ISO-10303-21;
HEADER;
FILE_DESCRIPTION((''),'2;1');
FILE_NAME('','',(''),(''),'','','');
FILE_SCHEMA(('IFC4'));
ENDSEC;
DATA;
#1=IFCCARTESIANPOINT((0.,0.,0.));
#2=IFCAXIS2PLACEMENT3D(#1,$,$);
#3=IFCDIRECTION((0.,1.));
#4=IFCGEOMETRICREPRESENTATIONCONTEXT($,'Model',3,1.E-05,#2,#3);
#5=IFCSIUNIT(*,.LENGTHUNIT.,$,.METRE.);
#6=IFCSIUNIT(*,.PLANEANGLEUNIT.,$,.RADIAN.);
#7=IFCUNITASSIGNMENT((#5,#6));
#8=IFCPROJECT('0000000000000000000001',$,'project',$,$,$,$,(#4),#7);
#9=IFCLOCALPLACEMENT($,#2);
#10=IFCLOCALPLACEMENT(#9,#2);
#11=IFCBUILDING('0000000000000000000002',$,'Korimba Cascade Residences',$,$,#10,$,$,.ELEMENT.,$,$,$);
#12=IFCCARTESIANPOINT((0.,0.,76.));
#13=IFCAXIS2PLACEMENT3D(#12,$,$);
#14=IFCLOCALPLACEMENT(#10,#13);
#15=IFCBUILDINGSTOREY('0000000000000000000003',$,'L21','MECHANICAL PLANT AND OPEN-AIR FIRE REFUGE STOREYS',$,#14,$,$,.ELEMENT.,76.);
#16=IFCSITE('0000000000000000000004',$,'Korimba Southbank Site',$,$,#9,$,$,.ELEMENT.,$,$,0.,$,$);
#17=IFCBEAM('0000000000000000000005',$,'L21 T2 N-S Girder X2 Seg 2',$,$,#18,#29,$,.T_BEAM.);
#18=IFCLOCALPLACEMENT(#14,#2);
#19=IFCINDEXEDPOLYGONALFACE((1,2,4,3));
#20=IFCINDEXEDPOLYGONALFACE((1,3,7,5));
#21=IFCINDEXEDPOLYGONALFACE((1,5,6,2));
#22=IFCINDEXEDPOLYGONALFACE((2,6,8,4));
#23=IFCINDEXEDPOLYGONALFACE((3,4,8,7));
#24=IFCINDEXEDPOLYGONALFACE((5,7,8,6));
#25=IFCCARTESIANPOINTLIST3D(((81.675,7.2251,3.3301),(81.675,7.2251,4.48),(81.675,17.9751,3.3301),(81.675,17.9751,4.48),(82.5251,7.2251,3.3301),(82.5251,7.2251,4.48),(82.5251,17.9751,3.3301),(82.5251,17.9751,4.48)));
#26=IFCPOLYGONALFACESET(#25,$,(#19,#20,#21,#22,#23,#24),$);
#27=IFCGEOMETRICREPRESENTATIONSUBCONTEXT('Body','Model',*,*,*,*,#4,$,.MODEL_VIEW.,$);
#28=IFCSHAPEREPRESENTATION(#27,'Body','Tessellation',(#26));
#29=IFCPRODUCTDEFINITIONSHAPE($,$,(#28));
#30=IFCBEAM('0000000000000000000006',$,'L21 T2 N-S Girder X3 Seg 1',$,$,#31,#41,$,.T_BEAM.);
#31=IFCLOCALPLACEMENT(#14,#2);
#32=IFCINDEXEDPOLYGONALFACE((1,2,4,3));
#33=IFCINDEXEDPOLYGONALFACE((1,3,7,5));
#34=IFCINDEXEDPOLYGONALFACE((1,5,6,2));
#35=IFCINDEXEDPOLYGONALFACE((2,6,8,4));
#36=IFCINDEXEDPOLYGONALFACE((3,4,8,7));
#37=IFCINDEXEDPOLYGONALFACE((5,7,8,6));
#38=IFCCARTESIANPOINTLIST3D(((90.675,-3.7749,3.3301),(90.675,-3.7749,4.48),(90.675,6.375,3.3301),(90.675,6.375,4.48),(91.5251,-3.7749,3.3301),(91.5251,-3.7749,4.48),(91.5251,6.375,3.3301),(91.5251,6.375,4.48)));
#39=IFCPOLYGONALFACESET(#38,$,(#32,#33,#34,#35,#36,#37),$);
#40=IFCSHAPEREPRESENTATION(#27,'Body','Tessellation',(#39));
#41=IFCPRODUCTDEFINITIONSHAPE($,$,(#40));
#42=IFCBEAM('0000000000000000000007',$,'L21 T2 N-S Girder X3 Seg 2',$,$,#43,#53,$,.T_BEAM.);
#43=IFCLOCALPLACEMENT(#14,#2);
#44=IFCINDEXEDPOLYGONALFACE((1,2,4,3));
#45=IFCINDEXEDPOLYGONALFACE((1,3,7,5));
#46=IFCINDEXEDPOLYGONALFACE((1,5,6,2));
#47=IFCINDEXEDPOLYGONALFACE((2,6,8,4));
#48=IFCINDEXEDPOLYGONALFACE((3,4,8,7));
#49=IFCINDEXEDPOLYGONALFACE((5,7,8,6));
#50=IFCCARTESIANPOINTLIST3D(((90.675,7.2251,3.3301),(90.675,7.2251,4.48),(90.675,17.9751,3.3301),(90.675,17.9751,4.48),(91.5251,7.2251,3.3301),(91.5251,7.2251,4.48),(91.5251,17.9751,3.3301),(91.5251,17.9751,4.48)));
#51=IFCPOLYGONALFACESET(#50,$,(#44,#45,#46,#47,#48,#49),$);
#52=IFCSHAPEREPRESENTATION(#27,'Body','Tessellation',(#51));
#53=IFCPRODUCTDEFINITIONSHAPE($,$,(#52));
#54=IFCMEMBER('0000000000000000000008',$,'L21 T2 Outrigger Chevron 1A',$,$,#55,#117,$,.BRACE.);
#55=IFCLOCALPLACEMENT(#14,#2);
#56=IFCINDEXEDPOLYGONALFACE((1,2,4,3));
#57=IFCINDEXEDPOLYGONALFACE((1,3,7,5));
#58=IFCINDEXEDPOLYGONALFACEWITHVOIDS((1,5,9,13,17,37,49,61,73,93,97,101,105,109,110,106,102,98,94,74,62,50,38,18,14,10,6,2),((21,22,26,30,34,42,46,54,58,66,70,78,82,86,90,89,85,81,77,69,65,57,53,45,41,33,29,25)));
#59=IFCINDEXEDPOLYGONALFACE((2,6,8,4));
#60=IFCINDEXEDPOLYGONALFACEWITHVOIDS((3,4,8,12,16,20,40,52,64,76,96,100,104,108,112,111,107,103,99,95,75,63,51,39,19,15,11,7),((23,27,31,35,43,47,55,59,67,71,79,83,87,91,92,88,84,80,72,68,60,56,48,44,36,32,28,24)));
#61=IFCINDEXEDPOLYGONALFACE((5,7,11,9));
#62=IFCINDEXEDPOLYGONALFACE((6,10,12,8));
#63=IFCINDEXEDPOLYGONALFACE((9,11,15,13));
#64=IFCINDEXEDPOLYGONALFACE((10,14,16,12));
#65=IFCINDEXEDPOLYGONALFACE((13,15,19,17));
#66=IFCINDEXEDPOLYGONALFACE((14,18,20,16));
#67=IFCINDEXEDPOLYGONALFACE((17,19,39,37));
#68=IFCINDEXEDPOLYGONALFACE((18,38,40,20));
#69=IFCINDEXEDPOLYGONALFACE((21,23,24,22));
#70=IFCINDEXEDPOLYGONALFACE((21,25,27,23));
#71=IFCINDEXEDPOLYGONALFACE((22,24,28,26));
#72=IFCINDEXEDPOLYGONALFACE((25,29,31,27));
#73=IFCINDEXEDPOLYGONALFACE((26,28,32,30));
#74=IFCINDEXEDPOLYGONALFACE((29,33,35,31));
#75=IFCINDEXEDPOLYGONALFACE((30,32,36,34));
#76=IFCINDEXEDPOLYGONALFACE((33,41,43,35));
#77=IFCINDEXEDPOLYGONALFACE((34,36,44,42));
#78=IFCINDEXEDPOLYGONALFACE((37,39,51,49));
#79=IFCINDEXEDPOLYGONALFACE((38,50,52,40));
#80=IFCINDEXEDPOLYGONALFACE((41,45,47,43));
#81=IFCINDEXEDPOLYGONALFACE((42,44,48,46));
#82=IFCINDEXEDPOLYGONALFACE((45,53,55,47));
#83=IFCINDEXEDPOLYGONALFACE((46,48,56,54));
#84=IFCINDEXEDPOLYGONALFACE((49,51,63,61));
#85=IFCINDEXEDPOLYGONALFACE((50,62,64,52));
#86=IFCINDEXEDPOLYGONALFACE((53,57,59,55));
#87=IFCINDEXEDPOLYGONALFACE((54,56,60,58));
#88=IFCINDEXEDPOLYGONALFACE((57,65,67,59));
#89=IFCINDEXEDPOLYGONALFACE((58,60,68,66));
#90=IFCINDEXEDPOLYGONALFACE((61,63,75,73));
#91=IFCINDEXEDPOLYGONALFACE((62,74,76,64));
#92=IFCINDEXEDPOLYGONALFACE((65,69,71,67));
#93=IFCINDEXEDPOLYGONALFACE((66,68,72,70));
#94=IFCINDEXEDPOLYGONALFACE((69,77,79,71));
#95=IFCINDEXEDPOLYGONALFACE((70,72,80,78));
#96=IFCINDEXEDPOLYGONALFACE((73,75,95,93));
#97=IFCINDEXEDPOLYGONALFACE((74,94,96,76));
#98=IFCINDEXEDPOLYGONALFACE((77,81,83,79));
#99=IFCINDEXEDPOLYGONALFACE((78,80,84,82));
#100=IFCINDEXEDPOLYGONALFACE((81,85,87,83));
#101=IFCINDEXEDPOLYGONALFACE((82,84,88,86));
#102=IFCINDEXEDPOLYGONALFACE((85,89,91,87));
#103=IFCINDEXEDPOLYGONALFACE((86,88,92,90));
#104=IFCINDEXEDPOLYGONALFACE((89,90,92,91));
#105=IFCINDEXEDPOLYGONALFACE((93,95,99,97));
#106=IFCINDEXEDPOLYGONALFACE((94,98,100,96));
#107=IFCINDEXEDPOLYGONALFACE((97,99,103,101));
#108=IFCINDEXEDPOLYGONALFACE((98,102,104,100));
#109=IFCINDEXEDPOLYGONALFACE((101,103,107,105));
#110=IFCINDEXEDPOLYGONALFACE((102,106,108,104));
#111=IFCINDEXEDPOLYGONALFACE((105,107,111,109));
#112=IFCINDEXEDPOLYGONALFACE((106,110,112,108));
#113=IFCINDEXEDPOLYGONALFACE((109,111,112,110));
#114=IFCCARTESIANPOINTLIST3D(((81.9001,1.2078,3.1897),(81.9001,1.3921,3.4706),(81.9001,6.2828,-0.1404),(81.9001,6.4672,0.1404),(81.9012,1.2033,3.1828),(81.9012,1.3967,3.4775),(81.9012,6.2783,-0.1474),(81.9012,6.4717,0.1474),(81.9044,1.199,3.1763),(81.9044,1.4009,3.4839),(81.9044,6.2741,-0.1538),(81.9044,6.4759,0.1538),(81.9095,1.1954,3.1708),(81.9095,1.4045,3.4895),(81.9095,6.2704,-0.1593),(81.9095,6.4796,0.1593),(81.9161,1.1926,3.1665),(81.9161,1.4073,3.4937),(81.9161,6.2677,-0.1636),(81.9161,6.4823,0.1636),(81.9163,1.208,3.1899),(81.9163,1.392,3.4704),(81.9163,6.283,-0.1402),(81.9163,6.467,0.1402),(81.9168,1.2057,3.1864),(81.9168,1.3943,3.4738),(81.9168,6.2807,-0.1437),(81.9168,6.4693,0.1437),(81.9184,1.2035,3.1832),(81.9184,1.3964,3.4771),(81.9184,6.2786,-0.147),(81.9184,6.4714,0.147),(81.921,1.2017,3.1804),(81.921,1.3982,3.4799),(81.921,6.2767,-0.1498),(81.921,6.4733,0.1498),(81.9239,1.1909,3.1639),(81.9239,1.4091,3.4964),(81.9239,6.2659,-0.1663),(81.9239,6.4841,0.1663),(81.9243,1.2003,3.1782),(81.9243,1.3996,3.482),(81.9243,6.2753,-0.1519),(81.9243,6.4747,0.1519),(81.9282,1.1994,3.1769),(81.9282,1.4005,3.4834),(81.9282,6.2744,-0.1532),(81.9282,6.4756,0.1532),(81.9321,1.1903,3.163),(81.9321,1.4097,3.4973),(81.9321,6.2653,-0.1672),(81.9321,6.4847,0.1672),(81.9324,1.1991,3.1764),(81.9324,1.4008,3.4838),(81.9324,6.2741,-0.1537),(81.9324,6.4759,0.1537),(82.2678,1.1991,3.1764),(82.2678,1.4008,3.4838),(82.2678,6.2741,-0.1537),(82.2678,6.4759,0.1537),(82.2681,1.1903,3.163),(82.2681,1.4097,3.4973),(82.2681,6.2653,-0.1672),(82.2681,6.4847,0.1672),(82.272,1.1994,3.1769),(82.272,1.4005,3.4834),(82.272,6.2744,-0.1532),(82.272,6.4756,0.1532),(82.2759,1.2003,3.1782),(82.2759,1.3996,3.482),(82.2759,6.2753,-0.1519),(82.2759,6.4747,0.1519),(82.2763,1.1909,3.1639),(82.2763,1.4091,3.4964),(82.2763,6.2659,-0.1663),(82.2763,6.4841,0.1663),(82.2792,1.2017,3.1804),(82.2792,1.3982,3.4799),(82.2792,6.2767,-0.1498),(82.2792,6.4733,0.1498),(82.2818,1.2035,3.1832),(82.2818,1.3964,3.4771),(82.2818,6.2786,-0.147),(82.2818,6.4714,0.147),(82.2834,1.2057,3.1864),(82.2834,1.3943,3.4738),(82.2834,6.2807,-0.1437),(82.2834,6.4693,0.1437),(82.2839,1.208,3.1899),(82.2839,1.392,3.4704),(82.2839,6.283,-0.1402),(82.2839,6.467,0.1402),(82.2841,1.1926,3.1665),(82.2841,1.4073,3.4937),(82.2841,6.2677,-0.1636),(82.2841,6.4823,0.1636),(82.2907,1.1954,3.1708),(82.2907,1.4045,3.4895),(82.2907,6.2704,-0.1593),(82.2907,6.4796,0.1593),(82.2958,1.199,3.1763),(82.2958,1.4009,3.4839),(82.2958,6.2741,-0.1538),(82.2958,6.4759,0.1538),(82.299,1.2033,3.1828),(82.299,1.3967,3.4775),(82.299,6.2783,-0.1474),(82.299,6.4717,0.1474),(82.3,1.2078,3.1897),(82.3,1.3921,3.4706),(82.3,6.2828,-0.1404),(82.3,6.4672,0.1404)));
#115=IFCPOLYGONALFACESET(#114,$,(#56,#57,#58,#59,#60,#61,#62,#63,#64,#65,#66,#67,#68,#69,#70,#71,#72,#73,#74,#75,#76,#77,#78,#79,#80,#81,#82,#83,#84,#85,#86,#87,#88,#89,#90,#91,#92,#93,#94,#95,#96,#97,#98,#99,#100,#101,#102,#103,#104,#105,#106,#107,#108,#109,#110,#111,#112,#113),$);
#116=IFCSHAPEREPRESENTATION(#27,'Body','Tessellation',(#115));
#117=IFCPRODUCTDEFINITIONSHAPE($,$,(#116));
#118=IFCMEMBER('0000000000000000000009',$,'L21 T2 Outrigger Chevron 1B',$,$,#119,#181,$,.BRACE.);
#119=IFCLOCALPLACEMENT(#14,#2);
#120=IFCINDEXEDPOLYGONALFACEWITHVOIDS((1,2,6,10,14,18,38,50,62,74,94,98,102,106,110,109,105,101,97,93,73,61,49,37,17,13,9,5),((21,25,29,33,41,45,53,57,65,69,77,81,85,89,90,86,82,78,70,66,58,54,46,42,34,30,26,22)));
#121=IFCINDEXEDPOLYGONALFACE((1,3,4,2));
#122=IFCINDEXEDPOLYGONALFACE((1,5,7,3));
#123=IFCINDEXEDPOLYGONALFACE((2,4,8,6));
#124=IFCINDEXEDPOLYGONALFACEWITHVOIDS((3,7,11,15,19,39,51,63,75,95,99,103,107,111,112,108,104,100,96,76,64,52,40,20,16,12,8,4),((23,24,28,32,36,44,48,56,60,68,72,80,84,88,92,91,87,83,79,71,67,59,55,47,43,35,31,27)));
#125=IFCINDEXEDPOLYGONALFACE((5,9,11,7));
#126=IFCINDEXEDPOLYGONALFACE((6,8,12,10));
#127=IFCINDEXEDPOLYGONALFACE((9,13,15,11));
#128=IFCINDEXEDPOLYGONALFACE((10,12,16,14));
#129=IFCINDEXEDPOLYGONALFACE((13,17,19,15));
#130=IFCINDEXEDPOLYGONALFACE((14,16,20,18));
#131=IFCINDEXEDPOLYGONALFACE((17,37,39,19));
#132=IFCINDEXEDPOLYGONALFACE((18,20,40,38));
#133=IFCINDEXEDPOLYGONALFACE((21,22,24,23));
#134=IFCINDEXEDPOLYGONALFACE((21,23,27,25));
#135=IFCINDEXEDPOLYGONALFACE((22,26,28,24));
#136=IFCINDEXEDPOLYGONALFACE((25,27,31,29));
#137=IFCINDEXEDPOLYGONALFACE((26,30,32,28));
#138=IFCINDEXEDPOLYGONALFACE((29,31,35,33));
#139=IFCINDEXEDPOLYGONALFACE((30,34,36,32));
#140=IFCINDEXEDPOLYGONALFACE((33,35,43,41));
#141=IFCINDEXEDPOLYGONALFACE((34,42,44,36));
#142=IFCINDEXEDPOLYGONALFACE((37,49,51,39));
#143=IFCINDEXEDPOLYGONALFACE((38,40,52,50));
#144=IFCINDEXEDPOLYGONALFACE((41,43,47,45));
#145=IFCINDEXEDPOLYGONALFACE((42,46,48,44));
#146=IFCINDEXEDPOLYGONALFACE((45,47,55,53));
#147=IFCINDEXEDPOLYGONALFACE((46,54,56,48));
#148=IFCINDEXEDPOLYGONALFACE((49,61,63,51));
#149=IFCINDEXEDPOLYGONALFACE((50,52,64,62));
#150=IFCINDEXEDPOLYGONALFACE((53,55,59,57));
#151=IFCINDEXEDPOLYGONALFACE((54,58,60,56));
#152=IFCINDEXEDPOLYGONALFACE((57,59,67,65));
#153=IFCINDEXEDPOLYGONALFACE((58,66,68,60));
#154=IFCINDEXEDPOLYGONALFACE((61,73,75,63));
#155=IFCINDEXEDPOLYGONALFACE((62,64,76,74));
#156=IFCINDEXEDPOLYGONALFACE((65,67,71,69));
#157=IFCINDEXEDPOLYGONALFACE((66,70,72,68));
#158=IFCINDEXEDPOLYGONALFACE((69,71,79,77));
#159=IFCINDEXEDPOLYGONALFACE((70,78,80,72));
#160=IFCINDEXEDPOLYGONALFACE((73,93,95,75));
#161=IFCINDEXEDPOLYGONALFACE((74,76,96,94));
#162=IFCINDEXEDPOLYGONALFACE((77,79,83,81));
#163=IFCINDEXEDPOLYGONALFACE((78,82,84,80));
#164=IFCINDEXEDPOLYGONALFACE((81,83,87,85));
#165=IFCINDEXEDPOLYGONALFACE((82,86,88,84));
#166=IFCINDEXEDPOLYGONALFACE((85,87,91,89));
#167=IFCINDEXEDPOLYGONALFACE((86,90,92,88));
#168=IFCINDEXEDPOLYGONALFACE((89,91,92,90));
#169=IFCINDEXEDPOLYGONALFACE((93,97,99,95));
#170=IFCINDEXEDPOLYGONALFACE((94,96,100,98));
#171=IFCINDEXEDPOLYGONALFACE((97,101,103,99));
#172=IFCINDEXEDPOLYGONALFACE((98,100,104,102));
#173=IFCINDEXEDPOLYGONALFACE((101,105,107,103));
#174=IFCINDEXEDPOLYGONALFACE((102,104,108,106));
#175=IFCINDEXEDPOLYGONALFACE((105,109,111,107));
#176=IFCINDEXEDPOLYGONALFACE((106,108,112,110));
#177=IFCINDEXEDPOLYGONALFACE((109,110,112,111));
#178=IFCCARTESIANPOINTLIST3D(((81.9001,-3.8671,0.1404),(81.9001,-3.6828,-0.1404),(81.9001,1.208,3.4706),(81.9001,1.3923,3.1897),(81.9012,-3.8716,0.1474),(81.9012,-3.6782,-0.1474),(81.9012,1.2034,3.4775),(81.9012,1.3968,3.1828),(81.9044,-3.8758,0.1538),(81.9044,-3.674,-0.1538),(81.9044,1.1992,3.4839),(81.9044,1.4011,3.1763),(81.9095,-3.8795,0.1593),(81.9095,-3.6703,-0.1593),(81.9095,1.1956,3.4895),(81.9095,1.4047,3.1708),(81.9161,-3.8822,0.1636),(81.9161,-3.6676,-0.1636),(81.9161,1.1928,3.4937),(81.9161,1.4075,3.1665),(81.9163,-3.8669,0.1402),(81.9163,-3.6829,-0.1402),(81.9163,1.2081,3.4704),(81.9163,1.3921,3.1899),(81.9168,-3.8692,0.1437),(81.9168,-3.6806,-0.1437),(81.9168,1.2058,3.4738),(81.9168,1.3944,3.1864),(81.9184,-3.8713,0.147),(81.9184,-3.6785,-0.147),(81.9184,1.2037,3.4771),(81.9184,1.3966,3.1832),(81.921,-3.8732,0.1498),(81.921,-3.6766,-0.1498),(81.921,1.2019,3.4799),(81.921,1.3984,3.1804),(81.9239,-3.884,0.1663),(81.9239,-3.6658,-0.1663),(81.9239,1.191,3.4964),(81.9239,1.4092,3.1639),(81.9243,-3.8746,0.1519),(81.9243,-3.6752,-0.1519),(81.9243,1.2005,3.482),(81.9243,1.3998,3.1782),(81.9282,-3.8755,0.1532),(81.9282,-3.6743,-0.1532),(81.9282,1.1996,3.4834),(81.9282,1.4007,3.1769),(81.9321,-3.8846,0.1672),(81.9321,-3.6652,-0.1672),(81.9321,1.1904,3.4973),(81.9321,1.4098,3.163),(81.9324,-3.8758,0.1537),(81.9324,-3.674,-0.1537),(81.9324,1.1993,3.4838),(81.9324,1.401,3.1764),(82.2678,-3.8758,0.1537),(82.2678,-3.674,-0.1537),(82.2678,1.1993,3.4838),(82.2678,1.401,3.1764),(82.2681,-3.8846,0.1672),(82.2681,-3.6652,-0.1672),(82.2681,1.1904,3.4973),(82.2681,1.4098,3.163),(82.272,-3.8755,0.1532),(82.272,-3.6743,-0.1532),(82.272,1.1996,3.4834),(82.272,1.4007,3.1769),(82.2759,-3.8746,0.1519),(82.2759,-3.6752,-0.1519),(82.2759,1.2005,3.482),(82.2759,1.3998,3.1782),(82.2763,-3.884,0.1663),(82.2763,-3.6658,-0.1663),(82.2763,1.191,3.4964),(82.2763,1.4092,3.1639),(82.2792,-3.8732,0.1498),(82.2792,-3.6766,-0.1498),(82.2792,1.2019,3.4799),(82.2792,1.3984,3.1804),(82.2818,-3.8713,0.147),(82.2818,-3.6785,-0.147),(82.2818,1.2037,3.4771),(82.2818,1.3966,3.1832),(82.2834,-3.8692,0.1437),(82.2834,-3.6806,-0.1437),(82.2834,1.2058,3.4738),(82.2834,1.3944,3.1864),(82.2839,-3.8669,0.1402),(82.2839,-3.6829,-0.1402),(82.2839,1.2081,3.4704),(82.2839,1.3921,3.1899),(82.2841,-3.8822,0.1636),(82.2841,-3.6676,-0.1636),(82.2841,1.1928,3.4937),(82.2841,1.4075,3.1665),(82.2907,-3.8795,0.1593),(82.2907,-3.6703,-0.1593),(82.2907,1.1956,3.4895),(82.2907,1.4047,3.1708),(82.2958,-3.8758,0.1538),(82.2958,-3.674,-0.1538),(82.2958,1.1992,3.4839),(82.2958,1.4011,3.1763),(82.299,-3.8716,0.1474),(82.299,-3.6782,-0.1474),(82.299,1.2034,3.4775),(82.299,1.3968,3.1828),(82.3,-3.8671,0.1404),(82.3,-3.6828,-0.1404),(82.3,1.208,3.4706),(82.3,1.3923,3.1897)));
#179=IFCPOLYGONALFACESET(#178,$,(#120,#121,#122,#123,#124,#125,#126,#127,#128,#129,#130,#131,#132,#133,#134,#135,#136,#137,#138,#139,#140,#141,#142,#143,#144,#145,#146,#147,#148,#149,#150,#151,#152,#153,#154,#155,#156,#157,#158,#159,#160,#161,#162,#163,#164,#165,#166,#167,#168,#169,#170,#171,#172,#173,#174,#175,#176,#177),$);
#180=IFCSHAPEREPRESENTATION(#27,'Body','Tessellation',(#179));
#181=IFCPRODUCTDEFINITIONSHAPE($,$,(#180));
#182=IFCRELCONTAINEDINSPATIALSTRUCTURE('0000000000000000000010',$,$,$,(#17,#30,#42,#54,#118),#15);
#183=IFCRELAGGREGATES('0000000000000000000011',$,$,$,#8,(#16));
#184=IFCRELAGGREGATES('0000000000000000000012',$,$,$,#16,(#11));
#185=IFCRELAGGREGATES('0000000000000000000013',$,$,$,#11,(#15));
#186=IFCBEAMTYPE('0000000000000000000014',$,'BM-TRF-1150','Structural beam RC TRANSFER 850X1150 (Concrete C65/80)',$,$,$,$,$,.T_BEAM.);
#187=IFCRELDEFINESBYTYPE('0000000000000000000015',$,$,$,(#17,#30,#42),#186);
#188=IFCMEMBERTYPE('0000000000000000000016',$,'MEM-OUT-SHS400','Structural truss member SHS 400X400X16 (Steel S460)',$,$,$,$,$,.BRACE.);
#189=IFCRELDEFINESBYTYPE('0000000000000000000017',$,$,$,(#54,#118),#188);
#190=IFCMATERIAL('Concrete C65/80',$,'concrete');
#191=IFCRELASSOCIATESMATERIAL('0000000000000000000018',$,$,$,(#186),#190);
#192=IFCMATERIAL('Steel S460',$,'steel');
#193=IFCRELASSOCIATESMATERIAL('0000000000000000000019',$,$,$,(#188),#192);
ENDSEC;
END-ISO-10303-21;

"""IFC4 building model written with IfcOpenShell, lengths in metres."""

from ifc_helpers import new_model, si_unit, direction, frame, origin, origin_2d, place, context, subcontext, project, spatial, rectangle, hollow_rectangle, extrude, material, material_profile, profile_set, type_object, element, save


model = new_model("IFC4")

# Units and contexts
model_context = context("Model", 3, precision=1e-05, world=origin(), true_north=direction((0.0, 1.0)))
body_context = subcontext(model_context, "Body", "Model", "MODEL_VIEW")
ifc_project = project(units=[si_unit("LENGTHUNIT", "METRE"), si_unit("PLANEANGLEUNIT", "RADIAN")], contexts=[model_context])

# Site, building, storey
site_placement = place(None, origin())
site = spatial("IfcSite", under=ifc_project, at=site_placement, Name="Korimba Southbank Site", CompositionType="ELEMENT", RefElevation=0.0)
building_placement = place(site_placement, origin())
building = spatial("IfcBuilding", under=site, at=building_placement, Name="Korimba Cascade Residences", CompositionType="ELEMENT")
storey_placement = place(building_placement, frame((0.0, 0.0, 76.0)))
storey = spatial("IfcBuildingStorey", under=building, at=storey_placement, Name="L21", Description="MECHANICAL PLANT AND OPEN-AIR FIRE REFUGE STOREYS", CompositionType="ELEMENT", Elevation=76.0)

# Shared definitions
ifc_material_1 = material(Name="Concrete C65/80", Category="concrete")

# Beams
ifc_material_profile_1 = material_profile(ifc_material_1, rectangle(XDim=0.8501, YDim=1.1499, at=origin_2d()), Name="Concrete C65/80")
ifc_profile_set_1 = profile_set([ifc_material_profile_1], Name="Concrete C65/80")
beam_type_1 = type_object("IfcBeamType", Name="BM-TRF-1150", Description="Structural beam RC TRANSFER 850X1150 (Concrete C65/80)", PredefinedType="T_BEAM", material=ifc_profile_set_1)
beam_1_placement = place(storey_placement, frame((82.1001, 7.2251, 3.905), z_axis=(0.0, 1.0, 0.0), x_axis=(-1.0, 0.0, 0.0)))
element("IfcBeam", 1, at=beam_1_placement, inside=storey, type_object=beam_type_1, Name="L21 T2 N-S Girder X2 Seg 2", PredefinedType="T_BEAM", context=body_context, shape_type="SweptSolid", body=[
    extrude(rectangle(XDim=0.8501, YDim=1.1499, at=origin_2d()), origin(), (0.0, 0.0, 1.0), 10.75),
])
beam_2_placement = place(storey_placement, frame((91.1001, -3.7749, 3.905), z_axis=(0.0, 1.0, 0.0), x_axis=(-1.0, 0.0, 0.0)))
element("IfcBeam", 2, at=beam_2_placement, inside=storey, type_object=beam_type_1, Name="L21 T2 N-S Girder X3 Seg 1", PredefinedType="T_BEAM", context=body_context, shape_type="SweptSolid", body=[
    extrude(rectangle(XDim=0.8501, YDim=1.1499, at=origin_2d()), origin(), (0.0, 0.0, 1.0), 10.1499),
])
beam_3_placement = place(storey_placement, frame((91.1001, 7.2251, 3.905), z_axis=(0.0, 1.0, 0.0), x_axis=(-1.0, 0.0, 0.0)))
element("IfcBeam", 3, at=beam_3_placement, inside=storey, type_object=beam_type_1, Name="L21 T2 N-S Girder X3 Seg 2", PredefinedType="T_BEAM", context=body_context, shape_type="SweptSolid", body=[
    extrude(rectangle(XDim=0.8501, YDim=1.1499, at=origin_2d()), origin(), (0.0, 0.0, 1.0), 10.75),
])

# Members
ifc_material_2 = material(Name="Steel S460", Category="steel")
ifc_material_profile_2 = material_profile(ifc_material_2, hollow_rectangle(XDim=0.3999, YDim=0.3999, WallThickness=0.0161, InnerFilletRadius=0.0161, OuterFilletRadius=0.032, at=origin_2d()), Name="Steel S460")
ifc_profile_set_2 = profile_set([ifc_material_profile_2], Name="Steel S460")
member_type = type_object("IfcMemberType", Name="MEM-OUT-SHS400", Description="Structural truss member SHS 400X400X16 (Steel S460)", PredefinedType="BRACE", material=ifc_profile_set_2)
for number, where, z_axis, x_axis, name in (
    (4, (82.1001, 6.375, 0.0), (0.0, -0.836075, 0.548615), (1.0, 0.0, 0.0), "L21 T2 Outrigger Chevron 1A"),
    (5, (82.1001, -3.7749, 0.0), (0.0, 0.836075, 0.548615), (-1.0, 0.0, 0.0), "L21 T2 Outrigger Chevron 1B"),
):
    element("IfcMember", number, at=place(storey_placement, frame(where, z_axis=z_axis, x_axis=x_axis)), inside=storey, type_object=member_type, Name=name, PredefinedType="BRACE", context=body_context, shape_type="SweptSolid", body=[
        extrude(hollow_rectangle(XDim=0.3999, YDim=0.3999, WallThickness=0.0161, InnerFilletRadius=0.0161, OuterFilletRadius=0.032, at=origin_2d()), origin(), (0.0, 0.0, 1.0), 6.0701),
    ])

save(model, "model.ifc")
